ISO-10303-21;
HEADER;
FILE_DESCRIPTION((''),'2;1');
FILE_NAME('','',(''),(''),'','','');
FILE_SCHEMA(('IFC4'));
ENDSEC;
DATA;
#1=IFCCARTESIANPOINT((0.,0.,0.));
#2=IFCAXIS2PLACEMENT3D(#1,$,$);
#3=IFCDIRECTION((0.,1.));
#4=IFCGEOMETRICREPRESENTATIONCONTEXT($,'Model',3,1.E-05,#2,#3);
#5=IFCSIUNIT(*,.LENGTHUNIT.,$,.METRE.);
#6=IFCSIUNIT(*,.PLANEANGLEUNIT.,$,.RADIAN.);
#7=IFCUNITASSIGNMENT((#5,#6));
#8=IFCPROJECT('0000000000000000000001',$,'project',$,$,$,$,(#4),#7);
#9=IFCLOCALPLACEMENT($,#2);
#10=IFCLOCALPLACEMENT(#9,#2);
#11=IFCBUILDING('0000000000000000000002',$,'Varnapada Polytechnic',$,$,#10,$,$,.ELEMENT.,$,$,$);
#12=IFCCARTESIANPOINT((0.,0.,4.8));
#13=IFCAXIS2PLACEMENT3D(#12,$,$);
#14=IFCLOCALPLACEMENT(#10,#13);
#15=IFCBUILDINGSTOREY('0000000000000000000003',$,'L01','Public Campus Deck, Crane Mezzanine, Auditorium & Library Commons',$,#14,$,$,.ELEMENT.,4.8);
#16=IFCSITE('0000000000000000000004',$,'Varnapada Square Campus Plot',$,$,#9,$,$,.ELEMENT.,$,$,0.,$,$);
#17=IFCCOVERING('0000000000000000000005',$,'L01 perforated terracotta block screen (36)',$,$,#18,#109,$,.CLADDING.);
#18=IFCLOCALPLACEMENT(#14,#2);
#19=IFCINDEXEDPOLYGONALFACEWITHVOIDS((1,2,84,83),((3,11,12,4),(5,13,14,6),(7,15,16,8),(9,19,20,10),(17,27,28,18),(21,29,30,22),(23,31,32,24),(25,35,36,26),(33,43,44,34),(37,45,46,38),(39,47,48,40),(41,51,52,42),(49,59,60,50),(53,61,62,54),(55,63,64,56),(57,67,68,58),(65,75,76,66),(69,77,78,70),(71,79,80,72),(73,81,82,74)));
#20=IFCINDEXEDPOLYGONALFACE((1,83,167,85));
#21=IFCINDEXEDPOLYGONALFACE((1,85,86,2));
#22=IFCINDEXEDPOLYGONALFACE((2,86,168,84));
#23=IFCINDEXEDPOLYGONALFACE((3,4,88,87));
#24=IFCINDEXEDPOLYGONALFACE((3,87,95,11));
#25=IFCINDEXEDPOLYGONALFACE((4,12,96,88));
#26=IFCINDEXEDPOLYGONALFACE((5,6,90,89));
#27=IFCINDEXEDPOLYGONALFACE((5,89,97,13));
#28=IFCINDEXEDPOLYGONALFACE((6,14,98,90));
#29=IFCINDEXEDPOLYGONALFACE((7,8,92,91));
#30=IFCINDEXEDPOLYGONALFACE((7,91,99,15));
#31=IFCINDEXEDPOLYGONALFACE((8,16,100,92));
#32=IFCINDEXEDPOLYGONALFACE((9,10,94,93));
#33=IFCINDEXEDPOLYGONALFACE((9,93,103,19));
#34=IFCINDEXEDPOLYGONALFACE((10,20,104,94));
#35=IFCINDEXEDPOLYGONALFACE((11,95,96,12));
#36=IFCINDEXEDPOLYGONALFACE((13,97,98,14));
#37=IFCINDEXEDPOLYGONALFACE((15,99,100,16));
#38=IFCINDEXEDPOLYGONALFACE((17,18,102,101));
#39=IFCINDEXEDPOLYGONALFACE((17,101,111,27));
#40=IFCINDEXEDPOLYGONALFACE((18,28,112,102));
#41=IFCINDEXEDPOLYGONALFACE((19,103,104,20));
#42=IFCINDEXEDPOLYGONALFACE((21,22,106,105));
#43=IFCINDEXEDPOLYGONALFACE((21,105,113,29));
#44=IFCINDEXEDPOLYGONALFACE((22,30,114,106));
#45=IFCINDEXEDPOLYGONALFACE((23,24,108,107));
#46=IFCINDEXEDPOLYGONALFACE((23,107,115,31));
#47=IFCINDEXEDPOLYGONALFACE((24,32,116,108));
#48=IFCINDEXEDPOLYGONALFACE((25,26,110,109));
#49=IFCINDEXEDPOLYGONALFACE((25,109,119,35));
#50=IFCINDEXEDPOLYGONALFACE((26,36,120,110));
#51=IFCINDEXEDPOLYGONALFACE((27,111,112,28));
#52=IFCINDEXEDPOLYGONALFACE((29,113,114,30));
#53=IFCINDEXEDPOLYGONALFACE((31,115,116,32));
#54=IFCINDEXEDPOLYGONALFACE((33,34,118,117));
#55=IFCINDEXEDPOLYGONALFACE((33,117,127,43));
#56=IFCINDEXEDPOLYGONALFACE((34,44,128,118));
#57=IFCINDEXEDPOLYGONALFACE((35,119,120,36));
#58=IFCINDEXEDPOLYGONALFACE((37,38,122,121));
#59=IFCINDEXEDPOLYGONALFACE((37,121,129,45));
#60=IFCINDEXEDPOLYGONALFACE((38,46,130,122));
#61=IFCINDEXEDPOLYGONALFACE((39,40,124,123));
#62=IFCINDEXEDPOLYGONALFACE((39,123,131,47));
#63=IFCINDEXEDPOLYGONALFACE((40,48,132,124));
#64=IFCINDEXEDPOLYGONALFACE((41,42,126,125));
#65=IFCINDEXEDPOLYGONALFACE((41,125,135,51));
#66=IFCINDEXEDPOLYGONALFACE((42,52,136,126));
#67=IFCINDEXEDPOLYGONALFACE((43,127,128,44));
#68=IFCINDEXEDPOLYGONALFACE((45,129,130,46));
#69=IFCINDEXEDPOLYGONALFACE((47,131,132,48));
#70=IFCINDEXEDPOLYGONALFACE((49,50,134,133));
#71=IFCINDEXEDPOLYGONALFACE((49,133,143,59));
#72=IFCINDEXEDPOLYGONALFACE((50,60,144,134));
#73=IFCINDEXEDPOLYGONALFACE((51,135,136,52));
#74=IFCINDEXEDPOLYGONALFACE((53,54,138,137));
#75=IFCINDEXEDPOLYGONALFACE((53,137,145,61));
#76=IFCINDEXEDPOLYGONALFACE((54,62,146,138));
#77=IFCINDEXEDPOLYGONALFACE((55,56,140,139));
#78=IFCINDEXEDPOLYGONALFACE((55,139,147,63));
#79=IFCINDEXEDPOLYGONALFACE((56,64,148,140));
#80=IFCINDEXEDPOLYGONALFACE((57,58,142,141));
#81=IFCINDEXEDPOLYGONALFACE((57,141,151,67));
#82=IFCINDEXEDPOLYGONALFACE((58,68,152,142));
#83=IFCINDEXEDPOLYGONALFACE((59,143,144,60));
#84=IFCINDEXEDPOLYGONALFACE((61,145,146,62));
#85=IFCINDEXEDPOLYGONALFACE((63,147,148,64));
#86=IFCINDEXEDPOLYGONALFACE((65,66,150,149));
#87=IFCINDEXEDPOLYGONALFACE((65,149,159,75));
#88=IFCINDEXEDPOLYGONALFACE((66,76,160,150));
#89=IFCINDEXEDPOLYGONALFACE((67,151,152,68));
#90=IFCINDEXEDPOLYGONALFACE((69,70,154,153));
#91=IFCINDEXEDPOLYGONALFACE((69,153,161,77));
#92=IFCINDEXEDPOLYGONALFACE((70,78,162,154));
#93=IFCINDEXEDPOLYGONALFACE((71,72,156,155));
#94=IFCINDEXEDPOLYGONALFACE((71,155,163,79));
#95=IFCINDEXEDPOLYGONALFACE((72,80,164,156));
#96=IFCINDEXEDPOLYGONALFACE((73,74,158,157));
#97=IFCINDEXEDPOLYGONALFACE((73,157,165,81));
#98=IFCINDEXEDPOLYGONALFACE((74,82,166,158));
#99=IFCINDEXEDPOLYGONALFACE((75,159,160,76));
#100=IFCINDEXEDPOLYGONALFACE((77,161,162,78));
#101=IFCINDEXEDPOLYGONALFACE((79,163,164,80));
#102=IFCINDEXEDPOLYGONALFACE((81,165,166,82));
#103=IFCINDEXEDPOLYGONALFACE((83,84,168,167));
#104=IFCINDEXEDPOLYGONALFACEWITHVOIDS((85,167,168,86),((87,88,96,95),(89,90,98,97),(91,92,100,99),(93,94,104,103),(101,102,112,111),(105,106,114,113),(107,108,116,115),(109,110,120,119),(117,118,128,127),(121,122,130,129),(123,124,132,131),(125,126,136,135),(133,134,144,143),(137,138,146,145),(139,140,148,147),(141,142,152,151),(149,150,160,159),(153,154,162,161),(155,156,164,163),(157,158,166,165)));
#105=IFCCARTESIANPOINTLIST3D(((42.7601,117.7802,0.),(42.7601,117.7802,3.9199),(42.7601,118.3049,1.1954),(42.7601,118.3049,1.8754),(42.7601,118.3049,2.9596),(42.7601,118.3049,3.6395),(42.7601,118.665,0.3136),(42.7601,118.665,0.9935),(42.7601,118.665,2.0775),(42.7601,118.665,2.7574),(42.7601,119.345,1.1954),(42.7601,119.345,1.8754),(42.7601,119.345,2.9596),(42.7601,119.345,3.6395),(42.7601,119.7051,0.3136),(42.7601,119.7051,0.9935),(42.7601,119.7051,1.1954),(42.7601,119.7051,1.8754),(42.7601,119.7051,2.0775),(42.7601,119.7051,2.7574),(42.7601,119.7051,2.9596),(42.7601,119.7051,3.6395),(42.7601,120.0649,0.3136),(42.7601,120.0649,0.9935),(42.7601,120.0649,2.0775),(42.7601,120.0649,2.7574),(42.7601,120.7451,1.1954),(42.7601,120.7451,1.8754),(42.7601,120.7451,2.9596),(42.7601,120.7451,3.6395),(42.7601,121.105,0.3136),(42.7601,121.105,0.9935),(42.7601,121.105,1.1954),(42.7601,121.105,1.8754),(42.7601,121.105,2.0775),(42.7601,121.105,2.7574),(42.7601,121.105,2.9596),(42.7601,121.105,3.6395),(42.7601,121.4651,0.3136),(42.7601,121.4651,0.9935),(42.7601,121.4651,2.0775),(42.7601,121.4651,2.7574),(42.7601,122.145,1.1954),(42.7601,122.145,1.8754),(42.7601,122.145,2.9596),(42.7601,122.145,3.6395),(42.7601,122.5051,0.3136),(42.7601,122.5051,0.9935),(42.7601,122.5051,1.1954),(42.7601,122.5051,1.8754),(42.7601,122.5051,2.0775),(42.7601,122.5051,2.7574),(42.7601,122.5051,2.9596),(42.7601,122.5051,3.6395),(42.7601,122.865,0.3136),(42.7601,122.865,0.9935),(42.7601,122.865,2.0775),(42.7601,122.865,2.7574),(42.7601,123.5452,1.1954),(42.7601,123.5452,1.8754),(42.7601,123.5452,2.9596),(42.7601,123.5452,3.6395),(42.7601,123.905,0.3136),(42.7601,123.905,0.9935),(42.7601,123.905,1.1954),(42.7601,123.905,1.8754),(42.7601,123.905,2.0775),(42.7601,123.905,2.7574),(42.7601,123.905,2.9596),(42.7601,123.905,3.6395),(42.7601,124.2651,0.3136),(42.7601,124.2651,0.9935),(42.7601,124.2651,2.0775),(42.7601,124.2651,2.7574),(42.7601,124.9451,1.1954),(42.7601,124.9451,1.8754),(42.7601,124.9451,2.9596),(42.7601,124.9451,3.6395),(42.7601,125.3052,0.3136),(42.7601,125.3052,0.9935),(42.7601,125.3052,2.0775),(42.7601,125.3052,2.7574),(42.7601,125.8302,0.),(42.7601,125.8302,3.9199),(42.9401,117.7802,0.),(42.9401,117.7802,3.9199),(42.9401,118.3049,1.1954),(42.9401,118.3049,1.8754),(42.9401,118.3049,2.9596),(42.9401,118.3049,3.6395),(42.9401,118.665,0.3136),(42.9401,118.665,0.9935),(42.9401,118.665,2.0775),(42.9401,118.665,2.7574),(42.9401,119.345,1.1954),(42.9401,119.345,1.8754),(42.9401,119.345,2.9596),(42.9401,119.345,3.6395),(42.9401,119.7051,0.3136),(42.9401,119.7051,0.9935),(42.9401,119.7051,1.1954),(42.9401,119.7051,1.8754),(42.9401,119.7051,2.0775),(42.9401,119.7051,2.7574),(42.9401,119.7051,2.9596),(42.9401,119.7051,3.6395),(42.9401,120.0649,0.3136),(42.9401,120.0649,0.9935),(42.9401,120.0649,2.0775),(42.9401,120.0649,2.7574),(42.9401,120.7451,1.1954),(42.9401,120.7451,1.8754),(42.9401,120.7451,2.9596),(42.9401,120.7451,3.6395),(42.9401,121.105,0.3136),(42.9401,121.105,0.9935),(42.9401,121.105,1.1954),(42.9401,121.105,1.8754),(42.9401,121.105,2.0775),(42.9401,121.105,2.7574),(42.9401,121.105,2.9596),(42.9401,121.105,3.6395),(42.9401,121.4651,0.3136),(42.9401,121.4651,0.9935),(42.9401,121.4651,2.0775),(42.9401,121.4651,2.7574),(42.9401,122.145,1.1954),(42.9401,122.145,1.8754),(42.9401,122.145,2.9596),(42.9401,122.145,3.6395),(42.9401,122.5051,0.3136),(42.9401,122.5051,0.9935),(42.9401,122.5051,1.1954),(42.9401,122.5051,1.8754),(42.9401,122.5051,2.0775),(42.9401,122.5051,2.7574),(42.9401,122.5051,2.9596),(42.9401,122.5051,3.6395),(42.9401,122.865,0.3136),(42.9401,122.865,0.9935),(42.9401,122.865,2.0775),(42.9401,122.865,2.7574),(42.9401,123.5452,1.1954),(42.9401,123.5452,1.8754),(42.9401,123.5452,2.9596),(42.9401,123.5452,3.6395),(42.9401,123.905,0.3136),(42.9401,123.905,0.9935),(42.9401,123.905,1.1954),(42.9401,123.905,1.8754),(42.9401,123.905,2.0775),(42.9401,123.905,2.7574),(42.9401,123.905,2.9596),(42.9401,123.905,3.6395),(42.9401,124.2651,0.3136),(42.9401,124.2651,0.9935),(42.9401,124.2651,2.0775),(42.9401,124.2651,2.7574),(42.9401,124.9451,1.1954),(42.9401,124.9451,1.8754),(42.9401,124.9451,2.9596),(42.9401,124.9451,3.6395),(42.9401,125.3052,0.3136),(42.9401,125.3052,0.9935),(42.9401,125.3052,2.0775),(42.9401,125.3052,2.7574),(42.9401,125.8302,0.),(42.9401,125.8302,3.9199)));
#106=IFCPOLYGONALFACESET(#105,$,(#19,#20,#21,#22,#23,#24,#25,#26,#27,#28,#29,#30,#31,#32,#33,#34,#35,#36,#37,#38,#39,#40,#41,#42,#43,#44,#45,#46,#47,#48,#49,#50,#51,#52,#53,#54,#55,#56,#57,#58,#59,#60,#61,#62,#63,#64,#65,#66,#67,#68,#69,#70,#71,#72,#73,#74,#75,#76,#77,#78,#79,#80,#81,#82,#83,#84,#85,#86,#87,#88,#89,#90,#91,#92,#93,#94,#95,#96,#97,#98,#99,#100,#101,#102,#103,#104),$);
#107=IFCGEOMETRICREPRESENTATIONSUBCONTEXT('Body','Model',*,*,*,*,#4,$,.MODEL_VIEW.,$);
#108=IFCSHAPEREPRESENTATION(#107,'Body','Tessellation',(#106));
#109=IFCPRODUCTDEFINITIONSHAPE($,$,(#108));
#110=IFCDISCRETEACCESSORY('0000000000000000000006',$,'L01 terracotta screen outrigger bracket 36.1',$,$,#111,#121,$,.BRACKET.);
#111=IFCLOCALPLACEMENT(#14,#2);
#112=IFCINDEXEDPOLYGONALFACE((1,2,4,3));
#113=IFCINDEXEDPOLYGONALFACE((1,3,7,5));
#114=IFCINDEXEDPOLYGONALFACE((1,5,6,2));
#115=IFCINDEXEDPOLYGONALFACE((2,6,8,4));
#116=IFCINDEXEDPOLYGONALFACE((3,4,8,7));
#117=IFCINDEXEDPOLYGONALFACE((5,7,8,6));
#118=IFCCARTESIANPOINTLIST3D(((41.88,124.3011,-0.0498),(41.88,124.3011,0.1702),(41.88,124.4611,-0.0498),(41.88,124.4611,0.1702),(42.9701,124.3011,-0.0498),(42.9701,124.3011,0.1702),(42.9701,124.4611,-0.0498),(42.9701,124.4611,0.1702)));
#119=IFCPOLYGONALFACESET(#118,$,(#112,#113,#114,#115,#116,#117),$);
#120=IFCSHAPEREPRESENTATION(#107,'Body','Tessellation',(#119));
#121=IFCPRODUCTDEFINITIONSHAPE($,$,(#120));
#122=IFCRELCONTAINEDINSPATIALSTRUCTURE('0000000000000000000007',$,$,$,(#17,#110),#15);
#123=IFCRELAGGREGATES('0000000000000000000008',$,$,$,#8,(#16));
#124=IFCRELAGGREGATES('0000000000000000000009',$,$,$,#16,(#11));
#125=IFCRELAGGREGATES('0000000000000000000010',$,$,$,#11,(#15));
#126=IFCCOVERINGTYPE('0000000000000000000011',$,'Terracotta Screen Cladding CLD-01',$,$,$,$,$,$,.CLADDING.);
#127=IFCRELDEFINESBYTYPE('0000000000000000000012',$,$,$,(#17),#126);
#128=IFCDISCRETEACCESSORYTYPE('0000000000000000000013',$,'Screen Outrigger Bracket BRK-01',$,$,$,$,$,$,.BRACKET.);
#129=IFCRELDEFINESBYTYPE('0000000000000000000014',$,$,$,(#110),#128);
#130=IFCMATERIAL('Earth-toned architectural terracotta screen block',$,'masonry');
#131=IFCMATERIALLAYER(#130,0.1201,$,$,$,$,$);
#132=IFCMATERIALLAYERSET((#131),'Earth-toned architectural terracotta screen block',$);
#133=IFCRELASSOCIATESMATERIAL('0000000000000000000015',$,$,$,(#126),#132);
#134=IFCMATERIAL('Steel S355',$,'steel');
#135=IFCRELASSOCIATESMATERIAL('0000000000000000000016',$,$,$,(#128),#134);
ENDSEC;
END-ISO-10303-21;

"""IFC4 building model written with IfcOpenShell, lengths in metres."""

from ifc_helpers import new_model, si_unit, direction, frame, frame_2d, origin, origin_2d, place, context, subcontext, project, spatial, rectangle, extrude, material, layer, layer_set, type_object, element, save


model = new_model("IFC4")

# Units and contexts
model_context = context("Model", 3, precision=1e-05, world=origin(), true_north=direction((0.0, 1.0)))
body_context = subcontext(model_context, "Body", "Model", "MODEL_VIEW")
ifc_project = project(units=[si_unit("LENGTHUNIT", "METRE"), si_unit("PLANEANGLEUNIT", "RADIAN")], contexts=[model_context])

# Site, building, storey
site_placement = place(None, origin())
site = spatial("IfcSite", under=ifc_project, at=site_placement, Name="Varnapada Square Campus Plot", CompositionType="ELEMENT", RefElevation=0.0)
building_placement = place(site_placement, origin())
building = spatial("IfcBuilding", under=site, at=building_placement, Name="Varnapada Polytechnic", CompositionType="ELEMENT")
storey_placement = place(building_placement, frame((0.0, 0.0, 4.8)))
storey = spatial("IfcBuildingStorey", under=building, at=storey_placement, Name="L01", Description="Public Campus Deck, Crane Mezzanine, Auditorium & Library Commons", CompositionType="ELEMENT", Elevation=4.8)

# Shared definitions
ifc_material_1 = material(Name="Steel S355", Category="steel")

# Covering, openings
ifc_material_2 = material(Name="Earth-toned architectural terracotta screen block", Category="masonry")
ifc_layer_1 = layer(ifc_material_2, 0.1201)
ifc_layer_set_1 = layer_set([ifc_layer_1], Name="Earth-toned architectural terracotta screen block")
covering_type = type_object("IfcCoveringType", Name="Terracotta Screen Cladding CLD-01", PredefinedType="CLADDING", material=ifc_layer_set_1)
covering_placement = place(storey_placement, frame((42.8501, 125.8301, 0.0), z_axis=(0.0, 0.0, 1.0), x_axis=(0.0, -1.0, 0.0)))
covering = element("IfcCovering", 1, at=covering_placement, inside=storey, type_object=covering_type, Name="L01 perforated terracotta block screen (36)", PredefinedType="CLADDING", context=body_context, shape_type="SweptSolid", body=[
    extrude(rectangle(XDim=8.05, YDim=0.1799, at=frame_2d((4.0249, 0.0))), origin(), (0.0, 0.0, 1.0), 3.9199),
])
opening_1_placement = place(covering_placement, frame((0.5249, 0.0, 0.3137)))
element("IfcOpeningElement", 2, at=opening_1_placement, cuts=covering, PredefinedType="OPENING", context=body_context, shape_type="SweptSolid", body=[
    extrude(rectangle(XDim=1.04, YDim=0.6799, at=frame_2d((0.52, 0.3398))), frame((0.0, 0.0999, 0.0), z_axis=(0.0, -1.0, 0.0), x_axis=(1.0, 0.0, 0.0)), (0.0, 0.0, 1.0), 0.2),
])
opening_2_placement = place(covering_placement, frame((1.925, 0.0, 0.3137)))
element("IfcOpeningElement", 3, at=opening_2_placement, cuts=covering, PredefinedType="OPENING", context=body_context, shape_type="SweptSolid", body=[
    extrude(rectangle(XDim=1.04, YDim=0.6799, at=frame_2d((0.52, 0.3398))), frame((0.0, 0.0999, 0.0), z_axis=(0.0, -1.0, 0.0), x_axis=(1.0, 0.0, 0.0)), (0.0, 0.0, 1.0), 0.2),
])
opening_3_placement = place(covering_placement, frame((3.325, 0.0, 0.3137)))
element("IfcOpeningElement", 4, at=opening_3_placement, cuts=covering, PredefinedType="OPENING", context=body_context, shape_type="SweptSolid", body=[
    extrude(rectangle(XDim=1.04, YDim=0.6799, at=frame_2d((0.52, 0.3398))), frame((0.0, 0.0999, 0.0), z_axis=(0.0, -1.0, 0.0), x_axis=(1.0, 0.0, 0.0)), (0.0, 0.0, 1.0), 0.2),
])
opening_4_placement = place(covering_placement, frame((4.7251, 0.0, 0.3137)))
element("IfcOpeningElement", 5, at=opening_4_placement, cuts=covering, PredefinedType="OPENING", context=body_context, shape_type="SweptSolid", body=[
    extrude(rectangle(XDim=1.04, YDim=0.6799, at=frame_2d((0.52, 0.3398))), frame((0.0, 0.0999, 0.0), z_axis=(0.0, -1.0, 0.0), x_axis=(1.0, 0.0, 0.0)), (0.0, 0.0, 1.0), 0.2),
])
opening_5_placement = place(covering_placement, frame((6.125, 0.0, 0.3137)))
element("IfcOpeningElement", 6, at=opening_5_placement, cuts=covering, PredefinedType="OPENING", context=body_context, shape_type="SweptSolid", body=[
    extrude(rectangle(XDim=1.04, YDim=0.6799, at=frame_2d((0.52, 0.3398))), frame((0.0, 0.0999, 0.0), z_axis=(0.0, -1.0, 0.0), x_axis=(1.0, 0.0, 0.0)), (0.0, 0.0, 1.0), 0.2),
])
opening_6_placement = place(covering_placement, frame((0.885, 0.0, 1.1956)))
element("IfcOpeningElement", 7, at=opening_6_placement, cuts=covering, PredefinedType="OPENING", context=body_context, shape_type="SweptSolid", body=[
    extrude(rectangle(XDim=1.04, YDim=0.6799, at=frame_2d((0.52, 0.3398))), frame((0.0, 0.0999, 0.0), z_axis=(0.0, -1.0, 0.0), x_axis=(1.0, 0.0, 0.0)), (0.0, 0.0, 1.0), 0.2),
])
opening_7_placement = place(covering_placement, frame((2.2849, 0.0, 1.1956)))
element("IfcOpeningElement", 8, at=opening_7_placement, cuts=covering, PredefinedType="OPENING", context=body_context, shape_type="SweptSolid", body=[
    extrude(rectangle(XDim=1.04, YDim=0.6799, at=frame_2d((0.52, 0.3398))), frame((0.0, 0.0999, 0.0), z_axis=(0.0, -1.0, 0.0), x_axis=(1.0, 0.0, 0.0)), (0.0, 0.0, 1.0), 0.2),
])
opening_8_placement = place(covering_placement, frame((3.6851, 0.0, 1.1956)))
element("IfcOpeningElement", 9, at=opening_8_placement, cuts=covering, PredefinedType="OPENING", context=body_context, shape_type="SweptSolid", body=[
    extrude(rectangle(XDim=1.04, YDim=0.6799, at=frame_2d((0.52, 0.3398))), frame((0.0, 0.0999, 0.0), z_axis=(0.0, -1.0, 0.0), x_axis=(1.0, 0.0, 0.0)), (0.0, 0.0, 1.0), 0.2),
])
opening_9_placement = place(covering_placement, frame((5.085, 0.0, 1.1956)))
element("IfcOpeningElement", 10, at=opening_9_placement, cuts=covering, PredefinedType="OPENING", context=body_context, shape_type="SweptSolid", body=[
    extrude(rectangle(XDim=1.04, YDim=0.6799, at=frame_2d((0.52, 0.3398))), frame((0.0, 0.0999, 0.0), z_axis=(0.0, -1.0, 0.0), x_axis=(1.0, 0.0, 0.0)), (0.0, 0.0, 1.0), 0.2),
])
opening_10_placement = place(covering_placement, frame((6.4851, 0.0, 1.1956)))
element("IfcOpeningElement", 11, at=opening_10_placement, cuts=covering, PredefinedType="OPENING", context=body_context, shape_type="SweptSolid", body=[
    extrude(rectangle(XDim=1.04, YDim=0.6799, at=frame_2d((0.52, 0.3398))), frame((0.0, 0.0999, 0.0), z_axis=(0.0, -1.0, 0.0), x_axis=(1.0, 0.0, 0.0)), (0.0, 0.0, 1.0), 0.2),
])
opening_11_placement = place(covering_placement, frame((0.5249, 0.0, 2.0776)))
element("IfcOpeningElement", 12, at=opening_11_placement, cuts=covering, PredefinedType="OPENING", context=body_context, shape_type="SweptSolid", body=[
    extrude(rectangle(XDim=1.04, YDim=0.6799, at=frame_2d((0.52, 0.3398))), frame((0.0, 0.0999, 0.0), z_axis=(0.0, -1.0, 0.0), x_axis=(1.0, 0.0, 0.0)), (0.0, 0.0, 1.0), 0.2),
])
opening_12_placement = place(covering_placement, frame((1.925, 0.0, 2.0776)))
element("IfcOpeningElement", 13, at=opening_12_placement, cuts=covering, PredefinedType="OPENING", context=body_context, shape_type="SweptSolid", body=[
    extrude(rectangle(XDim=1.04, YDim=0.6799, at=frame_2d((0.52, 0.3398))), frame((0.0, 0.0999, 0.0), z_axis=(0.0, -1.0, 0.0), x_axis=(1.0, 0.0, 0.0)), (0.0, 0.0, 1.0), 0.2),
])
opening_13_placement = place(covering_placement, frame((3.325, 0.0, 2.0776)))
element("IfcOpeningElement", 14, at=opening_13_placement, cuts=covering, PredefinedType="OPENING", context=body_context, shape_type="SweptSolid", body=[
    extrude(rectangle(XDim=1.04, YDim=0.6799, at=frame_2d((0.52, 0.3398))), frame((0.0, 0.0999, 0.0), z_axis=(0.0, -1.0, 0.0), x_axis=(1.0, 0.0, 0.0)), (0.0, 0.0, 1.0), 0.2),
])
opening_14_placement = place(covering_placement, frame((4.7251, 0.0, 2.0776)))
element("IfcOpeningElement", 15, at=opening_14_placement, cuts=covering, PredefinedType="OPENING", context=body_context, shape_type="SweptSolid", body=[
    extrude(rectangle(XDim=1.04, YDim=0.6799, at=frame_2d((0.52, 0.3398))), frame((0.0, 0.0999, 0.0), z_axis=(0.0, -1.0, 0.0), x_axis=(1.0, 0.0, 0.0)), (0.0, 0.0, 1.0), 0.2),
])
opening_15_placement = place(covering_placement, frame((6.125, 0.0, 2.0776)))
element("IfcOpeningElement", 16, at=opening_15_placement, cuts=covering, PredefinedType="OPENING", context=body_context, shape_type="SweptSolid", body=[
    extrude(rectangle(XDim=1.04, YDim=0.6799, at=frame_2d((0.52, 0.3398))), frame((0.0, 0.0999, 0.0), z_axis=(0.0, -1.0, 0.0), x_axis=(1.0, 0.0, 0.0)), (0.0, 0.0, 1.0), 0.2),
])
opening_16_placement = place(covering_placement, frame((0.885, 0.0, 2.9597)))
element("IfcOpeningElement", 17, at=opening_16_placement, cuts=covering, PredefinedType="OPENING", context=body_context, shape_type="SweptSolid", body=[
    extrude(rectangle(XDim=1.04, YDim=0.6799, at=frame_2d((0.52, 0.3398))), frame((0.0, 0.0999, 0.0), z_axis=(0.0, -1.0, 0.0), x_axis=(1.0, 0.0, 0.0)), (0.0, 0.0, 1.0), 0.2),
])
opening_17_placement = place(covering_placement, frame((2.2849, 0.0, 2.9597)))
element("IfcOpeningElement", 18, at=opening_17_placement, cuts=covering, PredefinedType="OPENING", context=body_context, shape_type="SweptSolid", body=[
    extrude(rectangle(XDim=1.04, YDim=0.6799, at=frame_2d((0.52, 0.3398))), frame((0.0, 0.0999, 0.0), z_axis=(0.0, -1.0, 0.0), x_axis=(1.0, 0.0, 0.0)), (0.0, 0.0, 1.0), 0.2),
])
opening_18_placement = place(covering_placement, frame((3.6851, 0.0, 2.9597)))
element("IfcOpeningElement", 19, at=opening_18_placement, cuts=covering, PredefinedType="OPENING", context=body_context, shape_type="SweptSolid", body=[
    extrude(rectangle(XDim=1.04, YDim=0.6799, at=frame_2d((0.52, 0.3398))), frame((0.0, 0.0999, 0.0), z_axis=(0.0, -1.0, 0.0), x_axis=(1.0, 0.0, 0.0)), (0.0, 0.0, 1.0), 0.2),
])
opening_19_placement = place(covering_placement, frame((5.085, 0.0, 2.9597)))
element("IfcOpeningElement", 20, at=opening_19_placement, cuts=covering, PredefinedType="OPENING", context=body_context, shape_type="SweptSolid", body=[
    extrude(rectangle(XDim=1.04, YDim=0.6799, at=frame_2d((0.52, 0.3398))), frame((0.0, 0.0999, 0.0), z_axis=(0.0, -1.0, 0.0), x_axis=(1.0, 0.0, 0.0)), (0.0, 0.0, 1.0), 0.2),
])
opening_20_placement = place(covering_placement, frame((6.4851, 0.0, 2.9597)))
element("IfcOpeningElement", 21, at=opening_20_placement, cuts=covering, PredefinedType="OPENING", context=body_context, shape_type="SweptSolid", body=[
    extrude(rectangle(XDim=1.04, YDim=0.6799, at=frame_2d((0.52, 0.3398))), frame((0.0, 0.0999, 0.0), z_axis=(0.0, -1.0, 0.0), x_axis=(1.0, 0.0, 0.0)), (0.0, 0.0, 1.0), 0.2),
])

# Discrete accessory
discrete_accessory_type = type_object("IfcDiscreteAccessoryType", Name="Screen Outrigger Bracket BRK-01", PredefinedType="BRACKET", material=ifc_material_1)
discrete_accessory_placement = place(storey_placement, frame((42.425, 124.3811, -0.0498), z_axis=(0.0, 0.0, 1.0), x_axis=(0.0, -1.0, 0.0)))
element("IfcDiscreteAccessory", 22, at=discrete_accessory_placement, inside=storey, type_object=discrete_accessory_type, Name="L01 terracotta screen outrigger bracket 36.1", PredefinedType="BRACKET", context=body_context, shape_type="SweptSolid", body=[
    extrude(rectangle(XDim=0.1599, YDim=1.0901, at=origin_2d()), origin(), (0.0, 0.0, 1.0), 0.22),
])

save(model, "model.ifc")
